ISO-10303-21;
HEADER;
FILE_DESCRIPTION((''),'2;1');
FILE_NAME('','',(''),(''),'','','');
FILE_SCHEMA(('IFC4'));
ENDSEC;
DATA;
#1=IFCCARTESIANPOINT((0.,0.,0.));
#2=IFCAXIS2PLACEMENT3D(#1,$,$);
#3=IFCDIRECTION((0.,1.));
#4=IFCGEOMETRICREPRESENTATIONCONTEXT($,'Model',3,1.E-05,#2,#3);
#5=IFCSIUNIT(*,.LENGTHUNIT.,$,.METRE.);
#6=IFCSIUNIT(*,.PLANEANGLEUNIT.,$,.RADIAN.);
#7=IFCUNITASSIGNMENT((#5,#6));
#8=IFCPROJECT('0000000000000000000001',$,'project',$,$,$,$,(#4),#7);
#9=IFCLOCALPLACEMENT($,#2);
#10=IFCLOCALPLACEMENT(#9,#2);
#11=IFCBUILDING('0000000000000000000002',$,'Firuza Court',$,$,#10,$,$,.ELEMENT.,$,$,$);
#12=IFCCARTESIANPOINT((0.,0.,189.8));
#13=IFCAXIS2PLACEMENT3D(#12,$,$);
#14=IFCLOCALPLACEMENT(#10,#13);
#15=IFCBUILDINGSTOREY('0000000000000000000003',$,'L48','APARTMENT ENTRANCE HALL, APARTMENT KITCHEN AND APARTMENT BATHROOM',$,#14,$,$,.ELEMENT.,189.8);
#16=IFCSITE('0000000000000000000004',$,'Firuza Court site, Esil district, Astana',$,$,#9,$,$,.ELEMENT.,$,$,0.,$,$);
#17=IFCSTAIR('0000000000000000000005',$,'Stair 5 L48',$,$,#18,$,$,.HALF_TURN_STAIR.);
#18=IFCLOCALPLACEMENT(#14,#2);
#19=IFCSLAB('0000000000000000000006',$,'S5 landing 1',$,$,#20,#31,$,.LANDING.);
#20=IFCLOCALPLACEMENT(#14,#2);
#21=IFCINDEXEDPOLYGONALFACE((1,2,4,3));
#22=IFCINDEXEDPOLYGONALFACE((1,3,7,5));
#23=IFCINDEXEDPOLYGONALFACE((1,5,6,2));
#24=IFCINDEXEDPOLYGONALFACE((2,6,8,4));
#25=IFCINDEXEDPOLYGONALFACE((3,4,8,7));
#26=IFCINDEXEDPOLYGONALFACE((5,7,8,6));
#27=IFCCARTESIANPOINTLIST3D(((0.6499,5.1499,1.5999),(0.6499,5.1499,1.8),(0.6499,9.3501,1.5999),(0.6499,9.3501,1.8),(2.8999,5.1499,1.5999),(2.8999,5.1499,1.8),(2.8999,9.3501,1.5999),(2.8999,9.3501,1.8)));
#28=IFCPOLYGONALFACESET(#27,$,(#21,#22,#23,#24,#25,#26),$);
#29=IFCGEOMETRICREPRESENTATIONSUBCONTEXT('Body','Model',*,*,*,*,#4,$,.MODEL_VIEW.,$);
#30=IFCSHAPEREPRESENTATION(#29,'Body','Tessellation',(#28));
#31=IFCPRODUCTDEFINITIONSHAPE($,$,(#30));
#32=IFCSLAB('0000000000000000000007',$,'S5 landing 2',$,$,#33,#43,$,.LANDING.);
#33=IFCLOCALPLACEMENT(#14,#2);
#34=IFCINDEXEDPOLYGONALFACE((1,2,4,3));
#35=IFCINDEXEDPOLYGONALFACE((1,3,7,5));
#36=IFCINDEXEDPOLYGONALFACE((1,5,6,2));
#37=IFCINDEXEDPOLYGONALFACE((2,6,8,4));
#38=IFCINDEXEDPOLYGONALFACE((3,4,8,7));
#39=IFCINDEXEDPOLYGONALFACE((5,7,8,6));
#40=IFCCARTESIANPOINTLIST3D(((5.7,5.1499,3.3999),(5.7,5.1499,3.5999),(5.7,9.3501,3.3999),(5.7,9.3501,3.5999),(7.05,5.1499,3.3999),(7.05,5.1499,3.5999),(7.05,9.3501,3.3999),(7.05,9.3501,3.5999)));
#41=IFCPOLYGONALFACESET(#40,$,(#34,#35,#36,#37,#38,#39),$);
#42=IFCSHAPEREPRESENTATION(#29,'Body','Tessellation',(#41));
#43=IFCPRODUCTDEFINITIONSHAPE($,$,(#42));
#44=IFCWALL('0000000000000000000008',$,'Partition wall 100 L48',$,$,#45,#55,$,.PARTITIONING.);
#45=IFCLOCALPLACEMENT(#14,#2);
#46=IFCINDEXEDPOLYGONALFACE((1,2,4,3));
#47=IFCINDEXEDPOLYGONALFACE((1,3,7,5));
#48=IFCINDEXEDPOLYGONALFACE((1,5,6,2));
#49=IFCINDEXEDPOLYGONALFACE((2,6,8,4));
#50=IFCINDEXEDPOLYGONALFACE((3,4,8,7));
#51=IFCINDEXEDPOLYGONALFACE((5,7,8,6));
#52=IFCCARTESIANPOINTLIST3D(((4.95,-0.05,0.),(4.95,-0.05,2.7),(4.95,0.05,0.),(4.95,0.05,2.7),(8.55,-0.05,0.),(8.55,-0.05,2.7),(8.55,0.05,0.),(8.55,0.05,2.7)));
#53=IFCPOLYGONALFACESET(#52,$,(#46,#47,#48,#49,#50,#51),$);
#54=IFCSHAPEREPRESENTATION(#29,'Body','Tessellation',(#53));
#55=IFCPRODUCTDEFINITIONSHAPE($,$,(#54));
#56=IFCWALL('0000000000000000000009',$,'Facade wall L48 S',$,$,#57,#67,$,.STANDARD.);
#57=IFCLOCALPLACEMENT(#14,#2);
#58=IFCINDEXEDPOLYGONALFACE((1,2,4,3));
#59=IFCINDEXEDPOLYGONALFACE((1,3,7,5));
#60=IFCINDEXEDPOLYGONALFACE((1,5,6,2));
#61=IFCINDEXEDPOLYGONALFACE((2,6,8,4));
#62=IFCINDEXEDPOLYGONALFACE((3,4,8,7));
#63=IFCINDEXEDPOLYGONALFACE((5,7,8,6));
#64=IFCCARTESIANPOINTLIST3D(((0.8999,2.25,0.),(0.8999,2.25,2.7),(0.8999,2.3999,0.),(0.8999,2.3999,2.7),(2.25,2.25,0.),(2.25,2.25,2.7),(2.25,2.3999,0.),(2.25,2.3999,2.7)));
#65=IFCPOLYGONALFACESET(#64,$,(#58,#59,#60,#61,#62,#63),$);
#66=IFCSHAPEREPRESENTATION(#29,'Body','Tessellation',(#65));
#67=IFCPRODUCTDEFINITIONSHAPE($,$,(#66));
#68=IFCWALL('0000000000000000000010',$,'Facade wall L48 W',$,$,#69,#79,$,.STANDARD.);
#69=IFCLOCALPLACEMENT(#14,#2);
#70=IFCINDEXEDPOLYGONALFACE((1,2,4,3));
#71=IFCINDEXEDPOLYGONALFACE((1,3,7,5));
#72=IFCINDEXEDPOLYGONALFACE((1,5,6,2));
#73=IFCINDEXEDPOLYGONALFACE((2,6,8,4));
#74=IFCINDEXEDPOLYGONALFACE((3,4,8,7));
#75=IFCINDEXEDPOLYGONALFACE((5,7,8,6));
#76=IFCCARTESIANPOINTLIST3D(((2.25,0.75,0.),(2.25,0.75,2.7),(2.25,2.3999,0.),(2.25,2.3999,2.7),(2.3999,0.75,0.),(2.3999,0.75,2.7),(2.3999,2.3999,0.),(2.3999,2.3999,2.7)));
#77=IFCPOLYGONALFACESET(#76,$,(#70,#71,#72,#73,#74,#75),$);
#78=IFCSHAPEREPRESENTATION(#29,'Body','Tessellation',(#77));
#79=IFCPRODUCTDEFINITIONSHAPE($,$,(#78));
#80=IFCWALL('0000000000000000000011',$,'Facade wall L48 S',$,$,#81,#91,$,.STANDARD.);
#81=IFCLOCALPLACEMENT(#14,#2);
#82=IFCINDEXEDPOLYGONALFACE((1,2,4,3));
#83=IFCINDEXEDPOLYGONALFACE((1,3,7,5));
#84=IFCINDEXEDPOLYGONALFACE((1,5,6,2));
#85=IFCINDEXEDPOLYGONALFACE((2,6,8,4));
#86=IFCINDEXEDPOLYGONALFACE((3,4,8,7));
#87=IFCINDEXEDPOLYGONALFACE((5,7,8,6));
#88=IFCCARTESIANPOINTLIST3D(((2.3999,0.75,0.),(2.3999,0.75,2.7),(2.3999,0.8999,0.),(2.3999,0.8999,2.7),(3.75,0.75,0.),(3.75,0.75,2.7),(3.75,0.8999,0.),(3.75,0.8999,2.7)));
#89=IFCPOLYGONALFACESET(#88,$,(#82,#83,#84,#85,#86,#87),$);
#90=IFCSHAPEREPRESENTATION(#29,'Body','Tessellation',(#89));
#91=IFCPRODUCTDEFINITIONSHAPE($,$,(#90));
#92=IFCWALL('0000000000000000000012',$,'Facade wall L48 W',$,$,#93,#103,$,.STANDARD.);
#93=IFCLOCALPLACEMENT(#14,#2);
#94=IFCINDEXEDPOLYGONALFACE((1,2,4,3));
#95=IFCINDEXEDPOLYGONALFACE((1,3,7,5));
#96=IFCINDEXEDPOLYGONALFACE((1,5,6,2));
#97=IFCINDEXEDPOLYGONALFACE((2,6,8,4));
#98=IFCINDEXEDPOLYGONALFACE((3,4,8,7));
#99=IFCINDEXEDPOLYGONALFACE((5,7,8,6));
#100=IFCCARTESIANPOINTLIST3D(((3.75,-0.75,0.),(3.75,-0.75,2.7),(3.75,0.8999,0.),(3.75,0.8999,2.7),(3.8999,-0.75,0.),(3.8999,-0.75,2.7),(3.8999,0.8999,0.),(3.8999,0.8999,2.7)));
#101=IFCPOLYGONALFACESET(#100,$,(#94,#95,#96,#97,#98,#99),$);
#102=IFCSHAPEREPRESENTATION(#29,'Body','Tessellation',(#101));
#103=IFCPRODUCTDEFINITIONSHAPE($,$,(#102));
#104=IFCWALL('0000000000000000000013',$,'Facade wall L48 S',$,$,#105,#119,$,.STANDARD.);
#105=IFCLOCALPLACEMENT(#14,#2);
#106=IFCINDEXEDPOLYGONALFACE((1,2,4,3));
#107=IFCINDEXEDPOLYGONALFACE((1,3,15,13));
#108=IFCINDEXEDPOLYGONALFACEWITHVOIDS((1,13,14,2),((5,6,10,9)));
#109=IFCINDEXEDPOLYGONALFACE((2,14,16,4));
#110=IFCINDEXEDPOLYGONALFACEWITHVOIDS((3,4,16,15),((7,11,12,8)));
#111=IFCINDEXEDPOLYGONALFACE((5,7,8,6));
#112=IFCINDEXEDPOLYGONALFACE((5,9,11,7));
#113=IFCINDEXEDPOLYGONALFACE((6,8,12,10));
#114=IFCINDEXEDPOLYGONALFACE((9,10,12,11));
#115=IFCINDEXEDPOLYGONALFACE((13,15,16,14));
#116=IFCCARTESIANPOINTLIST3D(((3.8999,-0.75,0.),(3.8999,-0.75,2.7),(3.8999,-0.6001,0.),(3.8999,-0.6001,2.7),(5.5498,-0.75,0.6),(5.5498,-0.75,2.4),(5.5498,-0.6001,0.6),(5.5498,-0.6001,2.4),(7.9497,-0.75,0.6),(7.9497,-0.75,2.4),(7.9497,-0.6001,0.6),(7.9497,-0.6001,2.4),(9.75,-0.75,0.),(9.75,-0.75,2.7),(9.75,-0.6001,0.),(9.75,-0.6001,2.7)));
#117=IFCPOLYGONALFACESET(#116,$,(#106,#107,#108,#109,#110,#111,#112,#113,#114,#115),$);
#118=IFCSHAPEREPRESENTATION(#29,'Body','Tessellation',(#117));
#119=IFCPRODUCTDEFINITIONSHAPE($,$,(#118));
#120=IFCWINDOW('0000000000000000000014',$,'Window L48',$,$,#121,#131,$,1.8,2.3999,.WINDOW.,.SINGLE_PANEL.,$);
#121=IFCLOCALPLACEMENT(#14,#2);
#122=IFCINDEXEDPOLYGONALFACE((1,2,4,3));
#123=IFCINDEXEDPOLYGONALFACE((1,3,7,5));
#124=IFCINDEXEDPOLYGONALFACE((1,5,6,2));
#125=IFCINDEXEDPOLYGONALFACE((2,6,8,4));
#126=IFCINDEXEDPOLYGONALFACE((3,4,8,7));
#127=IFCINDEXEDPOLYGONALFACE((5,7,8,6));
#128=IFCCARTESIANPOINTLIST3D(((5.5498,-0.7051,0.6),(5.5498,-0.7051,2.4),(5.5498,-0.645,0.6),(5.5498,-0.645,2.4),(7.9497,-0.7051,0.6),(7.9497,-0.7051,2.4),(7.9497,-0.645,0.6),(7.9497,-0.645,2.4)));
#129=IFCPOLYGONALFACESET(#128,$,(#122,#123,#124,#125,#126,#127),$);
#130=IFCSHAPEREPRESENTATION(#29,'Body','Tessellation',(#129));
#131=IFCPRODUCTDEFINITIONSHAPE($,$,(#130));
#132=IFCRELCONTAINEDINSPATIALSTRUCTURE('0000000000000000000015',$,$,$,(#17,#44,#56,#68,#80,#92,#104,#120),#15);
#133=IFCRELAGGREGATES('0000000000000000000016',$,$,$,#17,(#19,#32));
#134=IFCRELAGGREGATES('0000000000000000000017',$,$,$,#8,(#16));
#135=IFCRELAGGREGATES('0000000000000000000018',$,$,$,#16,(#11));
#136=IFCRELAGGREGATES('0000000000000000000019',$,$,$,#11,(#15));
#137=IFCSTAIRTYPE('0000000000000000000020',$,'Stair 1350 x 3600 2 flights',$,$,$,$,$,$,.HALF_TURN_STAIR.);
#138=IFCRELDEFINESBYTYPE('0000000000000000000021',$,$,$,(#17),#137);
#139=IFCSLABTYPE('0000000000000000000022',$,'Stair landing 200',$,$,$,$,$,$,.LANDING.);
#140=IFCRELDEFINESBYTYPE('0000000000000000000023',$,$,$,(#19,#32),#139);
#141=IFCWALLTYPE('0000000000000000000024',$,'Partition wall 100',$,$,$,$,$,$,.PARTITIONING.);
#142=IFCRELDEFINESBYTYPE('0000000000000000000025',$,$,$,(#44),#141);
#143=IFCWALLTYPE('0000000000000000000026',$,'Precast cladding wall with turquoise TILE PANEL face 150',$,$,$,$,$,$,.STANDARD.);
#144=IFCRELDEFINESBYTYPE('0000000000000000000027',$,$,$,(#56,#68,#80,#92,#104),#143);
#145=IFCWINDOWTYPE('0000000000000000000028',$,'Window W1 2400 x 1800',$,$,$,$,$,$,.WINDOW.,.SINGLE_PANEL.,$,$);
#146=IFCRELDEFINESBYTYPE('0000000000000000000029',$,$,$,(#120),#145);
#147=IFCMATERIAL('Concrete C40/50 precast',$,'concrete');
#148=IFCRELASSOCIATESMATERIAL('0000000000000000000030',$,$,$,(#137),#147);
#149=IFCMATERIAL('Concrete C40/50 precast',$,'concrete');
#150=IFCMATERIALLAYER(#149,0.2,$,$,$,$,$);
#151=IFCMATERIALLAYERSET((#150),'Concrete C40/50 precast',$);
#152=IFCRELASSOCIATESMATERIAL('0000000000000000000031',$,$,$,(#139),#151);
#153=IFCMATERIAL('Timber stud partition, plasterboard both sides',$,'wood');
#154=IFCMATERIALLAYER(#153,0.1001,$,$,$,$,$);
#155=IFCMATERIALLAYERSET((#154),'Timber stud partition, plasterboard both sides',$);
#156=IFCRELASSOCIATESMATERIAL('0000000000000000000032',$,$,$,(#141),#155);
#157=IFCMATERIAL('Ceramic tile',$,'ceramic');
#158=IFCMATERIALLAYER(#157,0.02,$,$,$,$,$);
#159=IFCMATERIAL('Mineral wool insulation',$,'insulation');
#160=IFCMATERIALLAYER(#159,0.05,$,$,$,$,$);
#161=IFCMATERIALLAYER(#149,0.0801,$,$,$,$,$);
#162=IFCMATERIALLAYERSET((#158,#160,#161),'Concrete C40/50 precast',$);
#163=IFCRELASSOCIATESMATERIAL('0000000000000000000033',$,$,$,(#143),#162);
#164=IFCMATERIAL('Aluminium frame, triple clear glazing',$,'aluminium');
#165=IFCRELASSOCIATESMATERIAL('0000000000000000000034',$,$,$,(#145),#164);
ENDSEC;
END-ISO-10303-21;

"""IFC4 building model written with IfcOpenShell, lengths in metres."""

from ifc_helpers import new_model, si_unit, direction, frame, frame_2d, origin, place, context, subcontext, project, spatial, polyline, rectangle, outline, extrude, material, layer, layer_set, type_object, element, fill, aggregate, save


model = new_model("IFC4")

# Units and contexts
model_context = context("Model", 3, precision=1e-05, world=origin(), true_north=direction((0.0, 1.0)))
body_context = subcontext(model_context, "Body", "Model", "MODEL_VIEW")
ifc_project = project(units=[si_unit("LENGTHUNIT", "METRE"), si_unit("PLANEANGLEUNIT", "RADIAN")], contexts=[model_context])

# Site, building, storey
site_placement = place(None, origin())
site = spatial("IfcSite", under=ifc_project, at=site_placement, Name="Firuza Court site, Esil district, Astana", CompositionType="ELEMENT", RefElevation=0.0)
building_placement = place(site_placement, origin())
building = spatial("IfcBuilding", under=site, at=building_placement, Name="Firuza Court", CompositionType="ELEMENT")
storey_placement = place(building_placement, frame((0.0, 0.0, 189.8)))
storey = spatial("IfcBuildingStorey", under=building, at=storey_placement, Name="L48", Description="APARTMENT ENTRANCE HALL, APARTMENT KITCHEN AND APARTMENT BATHROOM", CompositionType="ELEMENT", Elevation=189.8)

# Stair, slabs
ifc_material_1 = material(Name="Concrete C40/50 precast", Category="concrete")
stair_type = type_object("IfcStairType", Name="Stair 1350 x 3600 2 flights", PredefinedType="HALF_TURN_STAIR", material=ifc_material_1)
ifc_material_2 = material(Name="Concrete C40/50 precast", Category="concrete")
ifc_layer_1 = layer(ifc_material_2, 0.2)
ifc_layer_set_1 = layer_set([ifc_layer_1], Name="Concrete C40/50 precast")
slab_type_1 = type_object("IfcSlabType", Name="Stair landing 200", PredefinedType="LANDING", material=ifc_layer_set_1)
stair_1_placement = place(storey_placement, origin())
stair_1 = element("IfcStair", 1, at=stair_1_placement, inside=storey, type_object=stair_type, Name="Stair 5 L48", PredefinedType="HALF_TURN_STAIR")
slab_1_placement = place(storey_placement, frame((0.0, 0.0, 1.5999)))
slab_1 = element("IfcSlab", 2, at=slab_1_placement, type_object=slab_type_1, Name="S5 landing 1", PredefinedType="LANDING", context=body_context, shape_type="SweptSolid", body=[
    extrude(outline(polyline([(2.8999, 5.1499), (2.8999, 9.3501), (0.6499, 9.3501), (0.6499, 5.1499), (2.8999, 5.1499)])), origin(), (0.0, 0.0, 1.0), 0.2002),
])
slab_2_placement = place(storey_placement, frame((0.0, 0.0, 3.3999)))
slab_2 = element("IfcSlab", 3, at=slab_2_placement, type_object=slab_type_1, Name="S5 landing 2", PredefinedType="LANDING", context=body_context, shape_type="SweptSolid", body=[
    extrude(outline(polyline([(7.05, 5.1499), (7.05, 9.3501), (5.7, 9.3501), (5.7, 5.1499), (7.05, 5.1499)])), origin(), (0.0, 0.0, 1.0), 0.2),
])
aggregate(stair_1, [slab_1, slab_2])

# Walls
ifc_material_3 = material(Name="Timber stud partition, plasterboard both sides", Category="wood")
ifc_layer_2 = layer(ifc_material_3, 0.1001)
ifc_layer_set_2 = layer_set([ifc_layer_2], Name="Timber stud partition, plasterboard both sides")
wall_type_1 = type_object("IfcWallType", Name="Partition wall 100", PredefinedType="PARTITIONING", material=ifc_layer_set_2)
wall_1_placement = place(storey_placement, frame((4.95, 0.0, 0.0), z_axis=(0.0, 0.0, 1.0), x_axis=(1.0, 0.0, 0.0)))
element("IfcWall", 4, at=wall_1_placement, inside=storey, type_object=wall_type_1, Name="Partition wall 100 L48", PredefinedType="PARTITIONING", context=body_context, shape_type="SweptSolid", body=[
    extrude(rectangle(XDim=3.6001, YDim=0.1001, at=frame_2d((1.8, 0.0))), origin(), (0.0, 0.0, 1.0), 2.7),
])
ifc_material_4 = material(Name="Ceramic tile", Category="ceramic")
ifc_layer_3 = layer(ifc_material_4, 0.02)
ifc_material_5 = material(Name="Mineral wool insulation", Category="insulation")
ifc_layer_4 = layer(ifc_material_5, 0.05)
ifc_layer_5 = layer(ifc_material_2, 0.0801)
ifc_layer_set_3 = layer_set([ifc_layer_3, ifc_layer_4, ifc_layer_5], Name="Concrete C40/50 precast")
wall_type_2 = type_object("IfcWallType", Name="Precast cladding wall with turquoise TILE PANEL face 150", PredefinedType="STANDARD", material=ifc_layer_set_3)
wall_2_placement = place(storey_placement, frame((0.8999, 2.325, 0.0), z_axis=(0.0, 0.0, 1.0), x_axis=(1.0, 0.0, 0.0)))
element("IfcWall", 5, at=wall_2_placement, inside=storey, type_object=wall_type_2, Name="Facade wall L48 S", PredefinedType="STANDARD", context=body_context, shape_type="SweptSolid", body=[
    extrude(rectangle(XDim=1.3501, YDim=0.1499, at=frame_2d((0.675, 0.0))), origin(), (0.0, 0.0, 1.0), 2.7),
])
wall_3_placement = place(storey_placement, frame((2.325, 2.3999, 0.0), z_axis=(0.0, 0.0, 1.0), x_axis=(0.0, -1.0, 0.0)))
element("IfcWall", 6, at=wall_3_placement, inside=storey, type_object=wall_type_2, Name="Facade wall L48 W", PredefinedType="STANDARD", context=body_context, shape_type="SweptSolid", body=[
    extrude(rectangle(XDim=1.6499, YDim=0.1499, at=frame_2d((0.825, 0.0))), origin(), (0.0, 0.0, 1.0), 2.7),
])
wall_4_placement = place(storey_placement, frame((2.3999, 0.825, 0.0), z_axis=(0.0, 0.0, 1.0), x_axis=(1.0, 0.0, 0.0)))
element("IfcWall", 7, at=wall_4_placement, inside=storey, type_object=wall_type_2, Name="Facade wall L48 S", PredefinedType="STANDARD", context=body_context, shape_type="SweptSolid", body=[
    extrude(rectangle(XDim=1.3501, YDim=0.1499, at=frame_2d((0.675, 0.0))), origin(), (0.0, 0.0, 1.0), 2.7),
])
wall_5_placement = place(storey_placement, frame((3.825, 0.8999, 0.0), z_axis=(0.0, 0.0, 1.0), x_axis=(0.0, -1.0, 0.0)))
element("IfcWall", 8, at=wall_5_placement, inside=storey, type_object=wall_type_2, Name="Facade wall L48 W", PredefinedType="STANDARD", context=body_context, shape_type="SweptSolid", body=[
    extrude(rectangle(XDim=1.6499, YDim=0.1499, at=frame_2d((0.825, 0.0))), origin(), (0.0, 0.0, 1.0), 2.7),
])

# Wall, opening, window
wall_6_placement = place(storey_placement, frame((3.8999, -0.675, 0.0), z_axis=(0.0, 0.0, 1.0), x_axis=(1.0, 0.0, 0.0)))
wall_6 = element("IfcWall", 9, at=wall_6_placement, inside=storey, type_object=wall_type_2, Name="Facade wall L48 S", PredefinedType="STANDARD", context=body_context, shape_type="SweptSolid", body=[
    extrude(rectangle(XDim=5.8501, YDim=0.1499, at=frame_2d((2.925, 0.0))), origin(), (0.0, 0.0, 1.0), 2.7),
])
opening_placement = place(wall_6_placement, frame((1.6499, 0.0, 0.6001)))
opening = element("IfcOpeningElement", 10, at=opening_placement, cuts=wall_6, PredefinedType="OPENING", context=body_context, shape_type="SweptSolid", body=[
    extrude(rectangle(XDim=2.3999, YDim=1.8, at=frame_2d((1.2, 0.8999))), frame((0.0, 0.0869, 0.0), z_axis=(0.0, -1.0, 0.0), x_axis=(1.0, 0.0, 0.0)), (0.0, 0.0, 1.0), 0.1738),
])
ifc_material_6 = material(Name="Aluminium frame, triple clear glazing", Category="aluminium")
window_type = type_object("IfcWindowType", Name="Window W1 2400 x 1800", PartitioningType="SINGLE_PANEL", PredefinedType="WINDOW", material=ifc_material_6)
window_placement = place(opening_placement, origin())
window = element("IfcWindow", 11, at=window_placement, inside=storey, type_object=window_type, Name="Window L48", OverallHeight=1.8, OverallWidth=2.3999, PartitioningType="SINGLE_PANEL", PredefinedType="WINDOW", context=body_context, shape_type="SweptSolid", body=[
    extrude(rectangle(XDim=2.3999, YDim=1.8, at=frame_2d((1.2, 0.8999))), frame((0.0, 0.03, 0.0), z_axis=(0.0, -1.0, 0.0), x_axis=(1.0, 0.0, 0.0)), (0.0, 0.0, 1.0), 0.0601),
])
fill(opening, window)

save(model, "model.ifc")
